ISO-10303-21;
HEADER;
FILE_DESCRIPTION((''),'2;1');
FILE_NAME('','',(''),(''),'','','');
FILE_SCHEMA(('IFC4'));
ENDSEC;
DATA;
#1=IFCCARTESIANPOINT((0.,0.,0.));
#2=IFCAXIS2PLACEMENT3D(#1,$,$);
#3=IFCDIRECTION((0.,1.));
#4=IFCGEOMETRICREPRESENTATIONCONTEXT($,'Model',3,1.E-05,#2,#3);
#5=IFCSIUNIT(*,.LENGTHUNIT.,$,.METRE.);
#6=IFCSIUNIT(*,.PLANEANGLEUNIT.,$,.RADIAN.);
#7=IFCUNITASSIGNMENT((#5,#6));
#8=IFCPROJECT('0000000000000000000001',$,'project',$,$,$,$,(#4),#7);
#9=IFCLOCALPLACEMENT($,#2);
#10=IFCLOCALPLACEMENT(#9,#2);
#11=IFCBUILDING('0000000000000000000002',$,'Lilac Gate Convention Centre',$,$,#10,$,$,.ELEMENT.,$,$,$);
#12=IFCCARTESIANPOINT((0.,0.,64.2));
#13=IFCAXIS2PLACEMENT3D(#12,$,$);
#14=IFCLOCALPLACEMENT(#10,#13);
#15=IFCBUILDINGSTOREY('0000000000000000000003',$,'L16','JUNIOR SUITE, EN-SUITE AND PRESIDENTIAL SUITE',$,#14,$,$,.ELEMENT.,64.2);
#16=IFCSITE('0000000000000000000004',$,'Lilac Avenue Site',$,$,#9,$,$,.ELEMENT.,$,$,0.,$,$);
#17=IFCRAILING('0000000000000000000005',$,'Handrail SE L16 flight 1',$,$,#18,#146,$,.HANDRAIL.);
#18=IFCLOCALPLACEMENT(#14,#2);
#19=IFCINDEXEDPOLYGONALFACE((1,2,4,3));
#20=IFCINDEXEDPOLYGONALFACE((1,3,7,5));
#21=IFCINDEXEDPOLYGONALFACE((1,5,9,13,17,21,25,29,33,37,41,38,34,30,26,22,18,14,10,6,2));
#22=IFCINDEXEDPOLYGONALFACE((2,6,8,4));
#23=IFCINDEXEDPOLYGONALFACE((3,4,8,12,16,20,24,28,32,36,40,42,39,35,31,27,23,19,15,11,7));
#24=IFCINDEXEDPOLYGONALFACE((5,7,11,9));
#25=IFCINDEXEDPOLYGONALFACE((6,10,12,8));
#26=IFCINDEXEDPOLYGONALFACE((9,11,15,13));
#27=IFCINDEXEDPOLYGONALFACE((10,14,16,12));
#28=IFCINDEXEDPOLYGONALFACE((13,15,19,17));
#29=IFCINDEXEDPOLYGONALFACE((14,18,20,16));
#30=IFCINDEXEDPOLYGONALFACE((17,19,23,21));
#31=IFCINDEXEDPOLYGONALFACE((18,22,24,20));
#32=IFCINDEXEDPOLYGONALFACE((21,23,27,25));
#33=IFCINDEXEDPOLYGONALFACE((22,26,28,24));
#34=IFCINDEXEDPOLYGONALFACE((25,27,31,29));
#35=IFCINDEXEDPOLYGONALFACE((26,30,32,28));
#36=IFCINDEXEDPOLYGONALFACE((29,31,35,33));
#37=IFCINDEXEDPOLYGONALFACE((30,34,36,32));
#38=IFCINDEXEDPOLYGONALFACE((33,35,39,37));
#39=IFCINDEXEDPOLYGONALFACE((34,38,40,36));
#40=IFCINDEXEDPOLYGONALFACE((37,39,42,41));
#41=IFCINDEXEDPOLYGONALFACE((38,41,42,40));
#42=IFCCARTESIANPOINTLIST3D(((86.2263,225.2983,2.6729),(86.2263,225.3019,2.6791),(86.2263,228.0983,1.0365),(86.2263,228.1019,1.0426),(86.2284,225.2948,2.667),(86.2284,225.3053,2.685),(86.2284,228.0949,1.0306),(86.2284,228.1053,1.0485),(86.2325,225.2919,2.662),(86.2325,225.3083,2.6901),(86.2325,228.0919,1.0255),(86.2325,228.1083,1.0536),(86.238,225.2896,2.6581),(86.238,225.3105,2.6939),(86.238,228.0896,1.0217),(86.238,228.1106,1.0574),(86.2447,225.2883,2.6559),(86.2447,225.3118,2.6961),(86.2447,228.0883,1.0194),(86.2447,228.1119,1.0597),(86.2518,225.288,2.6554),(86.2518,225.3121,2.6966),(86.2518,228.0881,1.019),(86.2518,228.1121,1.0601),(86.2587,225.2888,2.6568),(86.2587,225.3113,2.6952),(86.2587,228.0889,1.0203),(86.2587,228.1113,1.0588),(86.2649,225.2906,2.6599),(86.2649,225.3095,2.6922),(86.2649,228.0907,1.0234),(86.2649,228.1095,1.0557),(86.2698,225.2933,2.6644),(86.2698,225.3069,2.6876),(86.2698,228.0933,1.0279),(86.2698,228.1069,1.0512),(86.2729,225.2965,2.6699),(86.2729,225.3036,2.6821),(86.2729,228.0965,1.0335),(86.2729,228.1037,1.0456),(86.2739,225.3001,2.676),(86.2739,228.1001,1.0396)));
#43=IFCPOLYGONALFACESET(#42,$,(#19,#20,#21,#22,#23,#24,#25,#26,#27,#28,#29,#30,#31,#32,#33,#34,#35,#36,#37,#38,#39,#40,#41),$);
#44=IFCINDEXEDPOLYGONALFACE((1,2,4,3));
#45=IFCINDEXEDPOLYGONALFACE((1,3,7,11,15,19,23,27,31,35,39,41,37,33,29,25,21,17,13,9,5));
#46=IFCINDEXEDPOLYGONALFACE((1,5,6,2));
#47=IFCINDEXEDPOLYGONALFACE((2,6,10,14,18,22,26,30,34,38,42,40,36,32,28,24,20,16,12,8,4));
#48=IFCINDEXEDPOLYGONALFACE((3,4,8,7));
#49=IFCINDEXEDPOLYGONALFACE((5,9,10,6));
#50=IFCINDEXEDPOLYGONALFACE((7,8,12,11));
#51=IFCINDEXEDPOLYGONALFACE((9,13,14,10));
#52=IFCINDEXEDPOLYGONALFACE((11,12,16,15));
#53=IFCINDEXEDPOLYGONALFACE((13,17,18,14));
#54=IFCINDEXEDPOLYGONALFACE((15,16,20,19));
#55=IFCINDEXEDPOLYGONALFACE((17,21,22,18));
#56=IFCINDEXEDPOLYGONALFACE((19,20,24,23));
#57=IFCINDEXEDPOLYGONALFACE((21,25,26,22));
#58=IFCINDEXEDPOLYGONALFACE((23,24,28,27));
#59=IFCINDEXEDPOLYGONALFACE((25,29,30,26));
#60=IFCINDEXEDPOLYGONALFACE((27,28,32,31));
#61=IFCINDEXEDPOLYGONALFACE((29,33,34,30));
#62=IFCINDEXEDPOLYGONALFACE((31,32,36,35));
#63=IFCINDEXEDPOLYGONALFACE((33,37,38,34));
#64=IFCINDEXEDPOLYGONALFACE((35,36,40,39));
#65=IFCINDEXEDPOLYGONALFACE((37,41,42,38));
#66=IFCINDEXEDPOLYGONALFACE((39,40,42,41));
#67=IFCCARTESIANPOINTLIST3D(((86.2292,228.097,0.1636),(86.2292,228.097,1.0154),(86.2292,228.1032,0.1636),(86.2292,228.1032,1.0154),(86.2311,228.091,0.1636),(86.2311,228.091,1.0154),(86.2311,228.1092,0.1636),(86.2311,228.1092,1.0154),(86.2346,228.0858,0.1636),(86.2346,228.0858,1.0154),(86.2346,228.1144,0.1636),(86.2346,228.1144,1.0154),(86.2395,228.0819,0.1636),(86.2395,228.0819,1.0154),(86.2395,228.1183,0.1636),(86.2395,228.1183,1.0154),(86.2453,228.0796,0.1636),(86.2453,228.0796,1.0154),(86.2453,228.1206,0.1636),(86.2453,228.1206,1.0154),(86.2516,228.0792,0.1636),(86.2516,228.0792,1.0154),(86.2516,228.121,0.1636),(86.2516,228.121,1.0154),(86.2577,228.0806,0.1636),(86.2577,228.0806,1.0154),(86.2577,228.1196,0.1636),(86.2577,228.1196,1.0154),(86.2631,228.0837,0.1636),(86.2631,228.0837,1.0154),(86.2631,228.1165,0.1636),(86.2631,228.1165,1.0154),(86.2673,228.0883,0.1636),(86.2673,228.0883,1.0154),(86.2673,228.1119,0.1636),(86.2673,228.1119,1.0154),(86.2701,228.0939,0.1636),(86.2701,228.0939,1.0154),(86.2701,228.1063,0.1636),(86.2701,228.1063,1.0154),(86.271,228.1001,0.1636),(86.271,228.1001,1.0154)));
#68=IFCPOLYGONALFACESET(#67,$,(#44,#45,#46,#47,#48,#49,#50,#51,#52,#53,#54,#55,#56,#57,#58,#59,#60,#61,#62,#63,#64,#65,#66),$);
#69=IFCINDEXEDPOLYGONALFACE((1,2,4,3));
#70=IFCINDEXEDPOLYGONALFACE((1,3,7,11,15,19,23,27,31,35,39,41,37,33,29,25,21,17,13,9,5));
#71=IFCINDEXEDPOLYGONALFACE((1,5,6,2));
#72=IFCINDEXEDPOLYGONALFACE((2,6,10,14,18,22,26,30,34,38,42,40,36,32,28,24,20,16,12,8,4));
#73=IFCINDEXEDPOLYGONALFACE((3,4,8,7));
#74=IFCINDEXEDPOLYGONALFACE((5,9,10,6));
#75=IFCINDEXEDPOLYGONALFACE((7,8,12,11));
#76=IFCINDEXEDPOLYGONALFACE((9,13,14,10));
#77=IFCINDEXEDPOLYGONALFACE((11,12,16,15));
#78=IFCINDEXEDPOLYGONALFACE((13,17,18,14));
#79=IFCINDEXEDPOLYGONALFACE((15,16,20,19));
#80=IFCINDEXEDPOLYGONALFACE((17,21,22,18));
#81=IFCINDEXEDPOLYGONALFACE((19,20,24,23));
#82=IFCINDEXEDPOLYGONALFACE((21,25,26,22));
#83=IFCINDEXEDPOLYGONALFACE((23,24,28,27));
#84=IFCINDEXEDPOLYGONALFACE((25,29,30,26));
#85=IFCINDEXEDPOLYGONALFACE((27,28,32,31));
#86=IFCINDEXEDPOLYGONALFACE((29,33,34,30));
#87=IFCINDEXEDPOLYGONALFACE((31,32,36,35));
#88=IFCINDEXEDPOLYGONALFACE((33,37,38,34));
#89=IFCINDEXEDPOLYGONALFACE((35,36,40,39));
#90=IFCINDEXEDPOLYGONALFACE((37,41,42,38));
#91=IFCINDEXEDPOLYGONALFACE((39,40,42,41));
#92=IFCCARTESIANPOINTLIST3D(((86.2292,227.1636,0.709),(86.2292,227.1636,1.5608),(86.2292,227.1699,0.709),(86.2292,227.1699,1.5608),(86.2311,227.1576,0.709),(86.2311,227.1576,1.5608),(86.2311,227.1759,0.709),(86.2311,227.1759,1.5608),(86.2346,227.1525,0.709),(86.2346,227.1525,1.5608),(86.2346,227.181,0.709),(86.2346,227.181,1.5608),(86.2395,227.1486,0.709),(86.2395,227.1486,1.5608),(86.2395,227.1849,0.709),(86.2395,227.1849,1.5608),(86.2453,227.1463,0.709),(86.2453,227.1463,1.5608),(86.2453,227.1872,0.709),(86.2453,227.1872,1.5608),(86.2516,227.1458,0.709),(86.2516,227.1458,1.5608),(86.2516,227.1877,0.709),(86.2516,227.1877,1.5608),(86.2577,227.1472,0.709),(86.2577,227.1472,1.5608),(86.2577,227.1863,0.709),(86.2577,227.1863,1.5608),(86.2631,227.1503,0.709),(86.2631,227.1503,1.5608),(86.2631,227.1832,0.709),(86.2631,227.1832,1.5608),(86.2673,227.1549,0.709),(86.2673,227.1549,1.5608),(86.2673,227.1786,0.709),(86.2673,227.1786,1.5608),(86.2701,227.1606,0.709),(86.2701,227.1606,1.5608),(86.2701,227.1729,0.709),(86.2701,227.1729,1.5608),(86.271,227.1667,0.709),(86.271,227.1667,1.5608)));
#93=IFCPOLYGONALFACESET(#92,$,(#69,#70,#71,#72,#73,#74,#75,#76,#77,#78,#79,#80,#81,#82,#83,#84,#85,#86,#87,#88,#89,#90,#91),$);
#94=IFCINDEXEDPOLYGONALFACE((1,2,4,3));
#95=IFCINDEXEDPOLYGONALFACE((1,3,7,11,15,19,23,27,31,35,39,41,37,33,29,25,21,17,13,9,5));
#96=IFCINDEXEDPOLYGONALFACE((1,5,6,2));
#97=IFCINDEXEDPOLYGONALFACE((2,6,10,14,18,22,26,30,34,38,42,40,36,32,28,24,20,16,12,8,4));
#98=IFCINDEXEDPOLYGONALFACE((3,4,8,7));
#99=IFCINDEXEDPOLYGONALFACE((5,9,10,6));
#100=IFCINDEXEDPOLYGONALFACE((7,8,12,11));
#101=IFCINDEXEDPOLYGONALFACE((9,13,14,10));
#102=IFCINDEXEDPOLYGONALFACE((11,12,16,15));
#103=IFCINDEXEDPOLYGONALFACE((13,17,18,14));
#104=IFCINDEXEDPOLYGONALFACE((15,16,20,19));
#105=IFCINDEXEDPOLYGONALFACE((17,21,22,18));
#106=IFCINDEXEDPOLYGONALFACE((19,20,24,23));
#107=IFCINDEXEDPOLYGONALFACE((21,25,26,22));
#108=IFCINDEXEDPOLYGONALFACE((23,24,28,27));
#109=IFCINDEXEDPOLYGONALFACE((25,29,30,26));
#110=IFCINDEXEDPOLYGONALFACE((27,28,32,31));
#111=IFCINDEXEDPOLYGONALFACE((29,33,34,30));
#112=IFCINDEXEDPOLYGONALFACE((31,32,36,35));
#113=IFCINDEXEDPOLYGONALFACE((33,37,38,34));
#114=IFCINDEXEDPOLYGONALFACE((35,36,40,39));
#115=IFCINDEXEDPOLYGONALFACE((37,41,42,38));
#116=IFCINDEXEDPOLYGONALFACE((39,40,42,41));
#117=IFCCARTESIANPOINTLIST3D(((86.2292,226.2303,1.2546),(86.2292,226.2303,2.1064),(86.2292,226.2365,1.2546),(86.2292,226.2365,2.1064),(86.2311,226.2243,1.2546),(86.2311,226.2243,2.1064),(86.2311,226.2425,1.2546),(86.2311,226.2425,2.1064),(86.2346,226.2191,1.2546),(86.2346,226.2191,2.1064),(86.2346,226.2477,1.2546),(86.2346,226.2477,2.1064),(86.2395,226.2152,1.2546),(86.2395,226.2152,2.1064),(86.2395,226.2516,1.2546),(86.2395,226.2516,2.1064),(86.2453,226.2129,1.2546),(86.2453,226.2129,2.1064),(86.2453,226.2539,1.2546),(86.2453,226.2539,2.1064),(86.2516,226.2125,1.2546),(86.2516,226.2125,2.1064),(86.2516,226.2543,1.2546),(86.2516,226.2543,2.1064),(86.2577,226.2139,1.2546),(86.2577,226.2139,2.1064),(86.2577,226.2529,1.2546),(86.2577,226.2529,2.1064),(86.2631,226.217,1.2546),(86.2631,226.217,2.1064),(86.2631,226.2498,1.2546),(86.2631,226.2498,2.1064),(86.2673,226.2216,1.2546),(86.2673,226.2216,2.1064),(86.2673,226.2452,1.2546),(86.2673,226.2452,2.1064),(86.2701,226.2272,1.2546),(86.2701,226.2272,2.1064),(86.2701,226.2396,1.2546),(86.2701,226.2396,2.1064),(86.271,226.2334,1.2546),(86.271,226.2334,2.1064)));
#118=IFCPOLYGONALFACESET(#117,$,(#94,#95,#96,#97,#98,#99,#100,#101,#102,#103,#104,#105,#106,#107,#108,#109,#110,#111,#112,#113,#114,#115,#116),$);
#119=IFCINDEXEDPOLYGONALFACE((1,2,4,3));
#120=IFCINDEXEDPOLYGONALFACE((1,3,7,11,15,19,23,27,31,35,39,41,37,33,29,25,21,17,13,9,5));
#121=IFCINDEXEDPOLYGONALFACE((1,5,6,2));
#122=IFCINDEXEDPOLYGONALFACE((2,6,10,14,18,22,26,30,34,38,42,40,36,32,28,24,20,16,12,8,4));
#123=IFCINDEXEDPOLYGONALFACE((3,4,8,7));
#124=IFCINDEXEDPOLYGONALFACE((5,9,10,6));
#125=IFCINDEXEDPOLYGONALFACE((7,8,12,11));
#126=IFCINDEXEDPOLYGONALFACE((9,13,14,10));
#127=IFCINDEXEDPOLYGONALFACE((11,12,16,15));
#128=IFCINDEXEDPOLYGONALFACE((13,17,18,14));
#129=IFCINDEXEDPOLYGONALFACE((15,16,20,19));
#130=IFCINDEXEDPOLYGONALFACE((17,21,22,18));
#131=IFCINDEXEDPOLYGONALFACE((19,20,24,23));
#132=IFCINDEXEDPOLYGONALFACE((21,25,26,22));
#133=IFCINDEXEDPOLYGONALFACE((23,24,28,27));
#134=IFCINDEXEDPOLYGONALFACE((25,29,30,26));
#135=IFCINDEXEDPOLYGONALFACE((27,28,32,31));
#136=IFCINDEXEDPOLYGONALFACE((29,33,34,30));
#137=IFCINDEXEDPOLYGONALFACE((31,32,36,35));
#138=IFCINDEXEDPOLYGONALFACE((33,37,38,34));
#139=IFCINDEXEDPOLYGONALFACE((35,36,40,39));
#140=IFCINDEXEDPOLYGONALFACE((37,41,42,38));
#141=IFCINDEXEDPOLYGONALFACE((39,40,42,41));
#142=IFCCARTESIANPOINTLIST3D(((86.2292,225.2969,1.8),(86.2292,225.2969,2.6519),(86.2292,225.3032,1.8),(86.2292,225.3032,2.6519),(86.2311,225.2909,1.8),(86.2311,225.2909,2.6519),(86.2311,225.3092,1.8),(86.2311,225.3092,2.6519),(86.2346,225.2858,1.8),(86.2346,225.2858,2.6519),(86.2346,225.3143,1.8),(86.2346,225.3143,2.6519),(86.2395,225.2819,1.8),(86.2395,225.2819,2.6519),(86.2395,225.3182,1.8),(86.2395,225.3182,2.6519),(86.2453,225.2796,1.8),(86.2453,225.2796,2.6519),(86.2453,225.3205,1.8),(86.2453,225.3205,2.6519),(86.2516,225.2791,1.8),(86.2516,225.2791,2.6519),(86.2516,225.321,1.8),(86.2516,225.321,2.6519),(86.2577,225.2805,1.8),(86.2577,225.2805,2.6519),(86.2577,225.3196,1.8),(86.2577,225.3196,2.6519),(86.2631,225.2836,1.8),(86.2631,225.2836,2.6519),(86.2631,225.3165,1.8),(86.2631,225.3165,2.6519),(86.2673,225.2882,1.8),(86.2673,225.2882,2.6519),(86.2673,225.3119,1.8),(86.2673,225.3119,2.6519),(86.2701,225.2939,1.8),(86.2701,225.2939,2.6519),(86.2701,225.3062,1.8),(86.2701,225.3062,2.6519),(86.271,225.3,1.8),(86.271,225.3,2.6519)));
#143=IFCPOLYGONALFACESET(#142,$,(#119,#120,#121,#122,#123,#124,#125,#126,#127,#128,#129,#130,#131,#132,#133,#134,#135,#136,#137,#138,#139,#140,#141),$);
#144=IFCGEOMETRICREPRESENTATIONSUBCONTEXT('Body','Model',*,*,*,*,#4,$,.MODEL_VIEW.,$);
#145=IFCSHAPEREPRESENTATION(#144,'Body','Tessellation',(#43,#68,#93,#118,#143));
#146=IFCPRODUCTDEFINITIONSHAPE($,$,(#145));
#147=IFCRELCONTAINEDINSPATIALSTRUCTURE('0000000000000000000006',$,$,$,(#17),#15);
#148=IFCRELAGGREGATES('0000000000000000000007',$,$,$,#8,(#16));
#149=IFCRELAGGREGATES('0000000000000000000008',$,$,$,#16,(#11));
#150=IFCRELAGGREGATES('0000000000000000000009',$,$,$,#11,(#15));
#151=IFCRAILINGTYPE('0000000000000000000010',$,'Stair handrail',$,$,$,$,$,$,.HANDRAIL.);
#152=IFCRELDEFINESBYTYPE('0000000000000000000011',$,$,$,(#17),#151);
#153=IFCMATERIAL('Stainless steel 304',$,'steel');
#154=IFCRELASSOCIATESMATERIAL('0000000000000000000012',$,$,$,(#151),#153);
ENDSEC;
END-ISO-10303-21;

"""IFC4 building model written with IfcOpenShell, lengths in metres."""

from ifc_helpers import new_model, si_unit, direction, frame, origin, origin_2d, place, context, subcontext, project, spatial, circle, extrude, material, type_object, element, save


model = new_model("IFC4")

# Units and contexts
model_context = context("Model", 3, precision=1e-05, world=origin(), true_north=direction((0.0, 1.0)))
body_context = subcontext(model_context, "Body", "Model", "MODEL_VIEW")
ifc_project = project(units=[si_unit("LENGTHUNIT", "METRE"), si_unit("PLANEANGLEUNIT", "RADIAN")], contexts=[model_context])

# Site, building, storey
site_placement = place(None, origin())
site = spatial("IfcSite", under=ifc_project, at=site_placement, Name="Lilac Avenue Site", CompositionType="ELEMENT", RefElevation=0.0)
building_placement = place(site_placement, origin())
building = spatial("IfcBuilding", under=site, at=building_placement, Name="Lilac Gate Convention Centre", CompositionType="ELEMENT")
storey_placement = place(building_placement, frame((0.0, 0.0, 64.2)))
storey = spatial("IfcBuildingStorey", under=building, at=storey_placement, Name="L16", Description="JUNIOR SUITE, EN-SUITE AND PRESIDENTIAL SUITE", CompositionType="ELEMENT", Elevation=64.2)

# Railing
ifc_material_1 = material(Name="Stainless steel 304", Category="steel")
railing_type = type_object("IfcRailingType", Name="Stair handrail", PredefinedType="HANDRAIL", material=ifc_material_1)
for number, where, name in (
    (1, (86.25, 228.1001, 0.1636), "Handrail SE L16 flight 1"),
):
    element("IfcRailing", number, at=place(storey_placement, frame(where)), inside=storey, type_object=railing_type, Name=name, PredefinedType="HANDRAIL", context=body_context, shape_type="SweptSolid", body=[
        extrude(circle(Radius=0.0239, at=origin_2d()), frame((0.0, 0.0, 0.876), z_axis=(0.0, -0.863361, 0.504587), x_axis=(1.0, 0.0, 0.0)), (0.0, 0.0, 1.0), 3.2432),
        extrude(circle(Radius=0.021, at=origin_2d()), origin(), (0.0, 0.0, 1.0), 0.8518),
        extrude(circle(Radius=0.021, at=origin_2d()), frame((0.0, -0.9333, 0.5454)), (0.0, 0.0, 1.0), 0.8518),
        extrude(circle(Radius=0.021, at=origin_2d()), frame((0.0, -1.8667, 1.0911)), (0.0, 0.0, 1.0), 0.8518),
        extrude(circle(Radius=0.021, at=origin_2d()), frame((0.0, -2.8, 1.6365)), (0.0, 0.0, 1.0), 0.8518),
    ])

save(model, "model.ifc")
